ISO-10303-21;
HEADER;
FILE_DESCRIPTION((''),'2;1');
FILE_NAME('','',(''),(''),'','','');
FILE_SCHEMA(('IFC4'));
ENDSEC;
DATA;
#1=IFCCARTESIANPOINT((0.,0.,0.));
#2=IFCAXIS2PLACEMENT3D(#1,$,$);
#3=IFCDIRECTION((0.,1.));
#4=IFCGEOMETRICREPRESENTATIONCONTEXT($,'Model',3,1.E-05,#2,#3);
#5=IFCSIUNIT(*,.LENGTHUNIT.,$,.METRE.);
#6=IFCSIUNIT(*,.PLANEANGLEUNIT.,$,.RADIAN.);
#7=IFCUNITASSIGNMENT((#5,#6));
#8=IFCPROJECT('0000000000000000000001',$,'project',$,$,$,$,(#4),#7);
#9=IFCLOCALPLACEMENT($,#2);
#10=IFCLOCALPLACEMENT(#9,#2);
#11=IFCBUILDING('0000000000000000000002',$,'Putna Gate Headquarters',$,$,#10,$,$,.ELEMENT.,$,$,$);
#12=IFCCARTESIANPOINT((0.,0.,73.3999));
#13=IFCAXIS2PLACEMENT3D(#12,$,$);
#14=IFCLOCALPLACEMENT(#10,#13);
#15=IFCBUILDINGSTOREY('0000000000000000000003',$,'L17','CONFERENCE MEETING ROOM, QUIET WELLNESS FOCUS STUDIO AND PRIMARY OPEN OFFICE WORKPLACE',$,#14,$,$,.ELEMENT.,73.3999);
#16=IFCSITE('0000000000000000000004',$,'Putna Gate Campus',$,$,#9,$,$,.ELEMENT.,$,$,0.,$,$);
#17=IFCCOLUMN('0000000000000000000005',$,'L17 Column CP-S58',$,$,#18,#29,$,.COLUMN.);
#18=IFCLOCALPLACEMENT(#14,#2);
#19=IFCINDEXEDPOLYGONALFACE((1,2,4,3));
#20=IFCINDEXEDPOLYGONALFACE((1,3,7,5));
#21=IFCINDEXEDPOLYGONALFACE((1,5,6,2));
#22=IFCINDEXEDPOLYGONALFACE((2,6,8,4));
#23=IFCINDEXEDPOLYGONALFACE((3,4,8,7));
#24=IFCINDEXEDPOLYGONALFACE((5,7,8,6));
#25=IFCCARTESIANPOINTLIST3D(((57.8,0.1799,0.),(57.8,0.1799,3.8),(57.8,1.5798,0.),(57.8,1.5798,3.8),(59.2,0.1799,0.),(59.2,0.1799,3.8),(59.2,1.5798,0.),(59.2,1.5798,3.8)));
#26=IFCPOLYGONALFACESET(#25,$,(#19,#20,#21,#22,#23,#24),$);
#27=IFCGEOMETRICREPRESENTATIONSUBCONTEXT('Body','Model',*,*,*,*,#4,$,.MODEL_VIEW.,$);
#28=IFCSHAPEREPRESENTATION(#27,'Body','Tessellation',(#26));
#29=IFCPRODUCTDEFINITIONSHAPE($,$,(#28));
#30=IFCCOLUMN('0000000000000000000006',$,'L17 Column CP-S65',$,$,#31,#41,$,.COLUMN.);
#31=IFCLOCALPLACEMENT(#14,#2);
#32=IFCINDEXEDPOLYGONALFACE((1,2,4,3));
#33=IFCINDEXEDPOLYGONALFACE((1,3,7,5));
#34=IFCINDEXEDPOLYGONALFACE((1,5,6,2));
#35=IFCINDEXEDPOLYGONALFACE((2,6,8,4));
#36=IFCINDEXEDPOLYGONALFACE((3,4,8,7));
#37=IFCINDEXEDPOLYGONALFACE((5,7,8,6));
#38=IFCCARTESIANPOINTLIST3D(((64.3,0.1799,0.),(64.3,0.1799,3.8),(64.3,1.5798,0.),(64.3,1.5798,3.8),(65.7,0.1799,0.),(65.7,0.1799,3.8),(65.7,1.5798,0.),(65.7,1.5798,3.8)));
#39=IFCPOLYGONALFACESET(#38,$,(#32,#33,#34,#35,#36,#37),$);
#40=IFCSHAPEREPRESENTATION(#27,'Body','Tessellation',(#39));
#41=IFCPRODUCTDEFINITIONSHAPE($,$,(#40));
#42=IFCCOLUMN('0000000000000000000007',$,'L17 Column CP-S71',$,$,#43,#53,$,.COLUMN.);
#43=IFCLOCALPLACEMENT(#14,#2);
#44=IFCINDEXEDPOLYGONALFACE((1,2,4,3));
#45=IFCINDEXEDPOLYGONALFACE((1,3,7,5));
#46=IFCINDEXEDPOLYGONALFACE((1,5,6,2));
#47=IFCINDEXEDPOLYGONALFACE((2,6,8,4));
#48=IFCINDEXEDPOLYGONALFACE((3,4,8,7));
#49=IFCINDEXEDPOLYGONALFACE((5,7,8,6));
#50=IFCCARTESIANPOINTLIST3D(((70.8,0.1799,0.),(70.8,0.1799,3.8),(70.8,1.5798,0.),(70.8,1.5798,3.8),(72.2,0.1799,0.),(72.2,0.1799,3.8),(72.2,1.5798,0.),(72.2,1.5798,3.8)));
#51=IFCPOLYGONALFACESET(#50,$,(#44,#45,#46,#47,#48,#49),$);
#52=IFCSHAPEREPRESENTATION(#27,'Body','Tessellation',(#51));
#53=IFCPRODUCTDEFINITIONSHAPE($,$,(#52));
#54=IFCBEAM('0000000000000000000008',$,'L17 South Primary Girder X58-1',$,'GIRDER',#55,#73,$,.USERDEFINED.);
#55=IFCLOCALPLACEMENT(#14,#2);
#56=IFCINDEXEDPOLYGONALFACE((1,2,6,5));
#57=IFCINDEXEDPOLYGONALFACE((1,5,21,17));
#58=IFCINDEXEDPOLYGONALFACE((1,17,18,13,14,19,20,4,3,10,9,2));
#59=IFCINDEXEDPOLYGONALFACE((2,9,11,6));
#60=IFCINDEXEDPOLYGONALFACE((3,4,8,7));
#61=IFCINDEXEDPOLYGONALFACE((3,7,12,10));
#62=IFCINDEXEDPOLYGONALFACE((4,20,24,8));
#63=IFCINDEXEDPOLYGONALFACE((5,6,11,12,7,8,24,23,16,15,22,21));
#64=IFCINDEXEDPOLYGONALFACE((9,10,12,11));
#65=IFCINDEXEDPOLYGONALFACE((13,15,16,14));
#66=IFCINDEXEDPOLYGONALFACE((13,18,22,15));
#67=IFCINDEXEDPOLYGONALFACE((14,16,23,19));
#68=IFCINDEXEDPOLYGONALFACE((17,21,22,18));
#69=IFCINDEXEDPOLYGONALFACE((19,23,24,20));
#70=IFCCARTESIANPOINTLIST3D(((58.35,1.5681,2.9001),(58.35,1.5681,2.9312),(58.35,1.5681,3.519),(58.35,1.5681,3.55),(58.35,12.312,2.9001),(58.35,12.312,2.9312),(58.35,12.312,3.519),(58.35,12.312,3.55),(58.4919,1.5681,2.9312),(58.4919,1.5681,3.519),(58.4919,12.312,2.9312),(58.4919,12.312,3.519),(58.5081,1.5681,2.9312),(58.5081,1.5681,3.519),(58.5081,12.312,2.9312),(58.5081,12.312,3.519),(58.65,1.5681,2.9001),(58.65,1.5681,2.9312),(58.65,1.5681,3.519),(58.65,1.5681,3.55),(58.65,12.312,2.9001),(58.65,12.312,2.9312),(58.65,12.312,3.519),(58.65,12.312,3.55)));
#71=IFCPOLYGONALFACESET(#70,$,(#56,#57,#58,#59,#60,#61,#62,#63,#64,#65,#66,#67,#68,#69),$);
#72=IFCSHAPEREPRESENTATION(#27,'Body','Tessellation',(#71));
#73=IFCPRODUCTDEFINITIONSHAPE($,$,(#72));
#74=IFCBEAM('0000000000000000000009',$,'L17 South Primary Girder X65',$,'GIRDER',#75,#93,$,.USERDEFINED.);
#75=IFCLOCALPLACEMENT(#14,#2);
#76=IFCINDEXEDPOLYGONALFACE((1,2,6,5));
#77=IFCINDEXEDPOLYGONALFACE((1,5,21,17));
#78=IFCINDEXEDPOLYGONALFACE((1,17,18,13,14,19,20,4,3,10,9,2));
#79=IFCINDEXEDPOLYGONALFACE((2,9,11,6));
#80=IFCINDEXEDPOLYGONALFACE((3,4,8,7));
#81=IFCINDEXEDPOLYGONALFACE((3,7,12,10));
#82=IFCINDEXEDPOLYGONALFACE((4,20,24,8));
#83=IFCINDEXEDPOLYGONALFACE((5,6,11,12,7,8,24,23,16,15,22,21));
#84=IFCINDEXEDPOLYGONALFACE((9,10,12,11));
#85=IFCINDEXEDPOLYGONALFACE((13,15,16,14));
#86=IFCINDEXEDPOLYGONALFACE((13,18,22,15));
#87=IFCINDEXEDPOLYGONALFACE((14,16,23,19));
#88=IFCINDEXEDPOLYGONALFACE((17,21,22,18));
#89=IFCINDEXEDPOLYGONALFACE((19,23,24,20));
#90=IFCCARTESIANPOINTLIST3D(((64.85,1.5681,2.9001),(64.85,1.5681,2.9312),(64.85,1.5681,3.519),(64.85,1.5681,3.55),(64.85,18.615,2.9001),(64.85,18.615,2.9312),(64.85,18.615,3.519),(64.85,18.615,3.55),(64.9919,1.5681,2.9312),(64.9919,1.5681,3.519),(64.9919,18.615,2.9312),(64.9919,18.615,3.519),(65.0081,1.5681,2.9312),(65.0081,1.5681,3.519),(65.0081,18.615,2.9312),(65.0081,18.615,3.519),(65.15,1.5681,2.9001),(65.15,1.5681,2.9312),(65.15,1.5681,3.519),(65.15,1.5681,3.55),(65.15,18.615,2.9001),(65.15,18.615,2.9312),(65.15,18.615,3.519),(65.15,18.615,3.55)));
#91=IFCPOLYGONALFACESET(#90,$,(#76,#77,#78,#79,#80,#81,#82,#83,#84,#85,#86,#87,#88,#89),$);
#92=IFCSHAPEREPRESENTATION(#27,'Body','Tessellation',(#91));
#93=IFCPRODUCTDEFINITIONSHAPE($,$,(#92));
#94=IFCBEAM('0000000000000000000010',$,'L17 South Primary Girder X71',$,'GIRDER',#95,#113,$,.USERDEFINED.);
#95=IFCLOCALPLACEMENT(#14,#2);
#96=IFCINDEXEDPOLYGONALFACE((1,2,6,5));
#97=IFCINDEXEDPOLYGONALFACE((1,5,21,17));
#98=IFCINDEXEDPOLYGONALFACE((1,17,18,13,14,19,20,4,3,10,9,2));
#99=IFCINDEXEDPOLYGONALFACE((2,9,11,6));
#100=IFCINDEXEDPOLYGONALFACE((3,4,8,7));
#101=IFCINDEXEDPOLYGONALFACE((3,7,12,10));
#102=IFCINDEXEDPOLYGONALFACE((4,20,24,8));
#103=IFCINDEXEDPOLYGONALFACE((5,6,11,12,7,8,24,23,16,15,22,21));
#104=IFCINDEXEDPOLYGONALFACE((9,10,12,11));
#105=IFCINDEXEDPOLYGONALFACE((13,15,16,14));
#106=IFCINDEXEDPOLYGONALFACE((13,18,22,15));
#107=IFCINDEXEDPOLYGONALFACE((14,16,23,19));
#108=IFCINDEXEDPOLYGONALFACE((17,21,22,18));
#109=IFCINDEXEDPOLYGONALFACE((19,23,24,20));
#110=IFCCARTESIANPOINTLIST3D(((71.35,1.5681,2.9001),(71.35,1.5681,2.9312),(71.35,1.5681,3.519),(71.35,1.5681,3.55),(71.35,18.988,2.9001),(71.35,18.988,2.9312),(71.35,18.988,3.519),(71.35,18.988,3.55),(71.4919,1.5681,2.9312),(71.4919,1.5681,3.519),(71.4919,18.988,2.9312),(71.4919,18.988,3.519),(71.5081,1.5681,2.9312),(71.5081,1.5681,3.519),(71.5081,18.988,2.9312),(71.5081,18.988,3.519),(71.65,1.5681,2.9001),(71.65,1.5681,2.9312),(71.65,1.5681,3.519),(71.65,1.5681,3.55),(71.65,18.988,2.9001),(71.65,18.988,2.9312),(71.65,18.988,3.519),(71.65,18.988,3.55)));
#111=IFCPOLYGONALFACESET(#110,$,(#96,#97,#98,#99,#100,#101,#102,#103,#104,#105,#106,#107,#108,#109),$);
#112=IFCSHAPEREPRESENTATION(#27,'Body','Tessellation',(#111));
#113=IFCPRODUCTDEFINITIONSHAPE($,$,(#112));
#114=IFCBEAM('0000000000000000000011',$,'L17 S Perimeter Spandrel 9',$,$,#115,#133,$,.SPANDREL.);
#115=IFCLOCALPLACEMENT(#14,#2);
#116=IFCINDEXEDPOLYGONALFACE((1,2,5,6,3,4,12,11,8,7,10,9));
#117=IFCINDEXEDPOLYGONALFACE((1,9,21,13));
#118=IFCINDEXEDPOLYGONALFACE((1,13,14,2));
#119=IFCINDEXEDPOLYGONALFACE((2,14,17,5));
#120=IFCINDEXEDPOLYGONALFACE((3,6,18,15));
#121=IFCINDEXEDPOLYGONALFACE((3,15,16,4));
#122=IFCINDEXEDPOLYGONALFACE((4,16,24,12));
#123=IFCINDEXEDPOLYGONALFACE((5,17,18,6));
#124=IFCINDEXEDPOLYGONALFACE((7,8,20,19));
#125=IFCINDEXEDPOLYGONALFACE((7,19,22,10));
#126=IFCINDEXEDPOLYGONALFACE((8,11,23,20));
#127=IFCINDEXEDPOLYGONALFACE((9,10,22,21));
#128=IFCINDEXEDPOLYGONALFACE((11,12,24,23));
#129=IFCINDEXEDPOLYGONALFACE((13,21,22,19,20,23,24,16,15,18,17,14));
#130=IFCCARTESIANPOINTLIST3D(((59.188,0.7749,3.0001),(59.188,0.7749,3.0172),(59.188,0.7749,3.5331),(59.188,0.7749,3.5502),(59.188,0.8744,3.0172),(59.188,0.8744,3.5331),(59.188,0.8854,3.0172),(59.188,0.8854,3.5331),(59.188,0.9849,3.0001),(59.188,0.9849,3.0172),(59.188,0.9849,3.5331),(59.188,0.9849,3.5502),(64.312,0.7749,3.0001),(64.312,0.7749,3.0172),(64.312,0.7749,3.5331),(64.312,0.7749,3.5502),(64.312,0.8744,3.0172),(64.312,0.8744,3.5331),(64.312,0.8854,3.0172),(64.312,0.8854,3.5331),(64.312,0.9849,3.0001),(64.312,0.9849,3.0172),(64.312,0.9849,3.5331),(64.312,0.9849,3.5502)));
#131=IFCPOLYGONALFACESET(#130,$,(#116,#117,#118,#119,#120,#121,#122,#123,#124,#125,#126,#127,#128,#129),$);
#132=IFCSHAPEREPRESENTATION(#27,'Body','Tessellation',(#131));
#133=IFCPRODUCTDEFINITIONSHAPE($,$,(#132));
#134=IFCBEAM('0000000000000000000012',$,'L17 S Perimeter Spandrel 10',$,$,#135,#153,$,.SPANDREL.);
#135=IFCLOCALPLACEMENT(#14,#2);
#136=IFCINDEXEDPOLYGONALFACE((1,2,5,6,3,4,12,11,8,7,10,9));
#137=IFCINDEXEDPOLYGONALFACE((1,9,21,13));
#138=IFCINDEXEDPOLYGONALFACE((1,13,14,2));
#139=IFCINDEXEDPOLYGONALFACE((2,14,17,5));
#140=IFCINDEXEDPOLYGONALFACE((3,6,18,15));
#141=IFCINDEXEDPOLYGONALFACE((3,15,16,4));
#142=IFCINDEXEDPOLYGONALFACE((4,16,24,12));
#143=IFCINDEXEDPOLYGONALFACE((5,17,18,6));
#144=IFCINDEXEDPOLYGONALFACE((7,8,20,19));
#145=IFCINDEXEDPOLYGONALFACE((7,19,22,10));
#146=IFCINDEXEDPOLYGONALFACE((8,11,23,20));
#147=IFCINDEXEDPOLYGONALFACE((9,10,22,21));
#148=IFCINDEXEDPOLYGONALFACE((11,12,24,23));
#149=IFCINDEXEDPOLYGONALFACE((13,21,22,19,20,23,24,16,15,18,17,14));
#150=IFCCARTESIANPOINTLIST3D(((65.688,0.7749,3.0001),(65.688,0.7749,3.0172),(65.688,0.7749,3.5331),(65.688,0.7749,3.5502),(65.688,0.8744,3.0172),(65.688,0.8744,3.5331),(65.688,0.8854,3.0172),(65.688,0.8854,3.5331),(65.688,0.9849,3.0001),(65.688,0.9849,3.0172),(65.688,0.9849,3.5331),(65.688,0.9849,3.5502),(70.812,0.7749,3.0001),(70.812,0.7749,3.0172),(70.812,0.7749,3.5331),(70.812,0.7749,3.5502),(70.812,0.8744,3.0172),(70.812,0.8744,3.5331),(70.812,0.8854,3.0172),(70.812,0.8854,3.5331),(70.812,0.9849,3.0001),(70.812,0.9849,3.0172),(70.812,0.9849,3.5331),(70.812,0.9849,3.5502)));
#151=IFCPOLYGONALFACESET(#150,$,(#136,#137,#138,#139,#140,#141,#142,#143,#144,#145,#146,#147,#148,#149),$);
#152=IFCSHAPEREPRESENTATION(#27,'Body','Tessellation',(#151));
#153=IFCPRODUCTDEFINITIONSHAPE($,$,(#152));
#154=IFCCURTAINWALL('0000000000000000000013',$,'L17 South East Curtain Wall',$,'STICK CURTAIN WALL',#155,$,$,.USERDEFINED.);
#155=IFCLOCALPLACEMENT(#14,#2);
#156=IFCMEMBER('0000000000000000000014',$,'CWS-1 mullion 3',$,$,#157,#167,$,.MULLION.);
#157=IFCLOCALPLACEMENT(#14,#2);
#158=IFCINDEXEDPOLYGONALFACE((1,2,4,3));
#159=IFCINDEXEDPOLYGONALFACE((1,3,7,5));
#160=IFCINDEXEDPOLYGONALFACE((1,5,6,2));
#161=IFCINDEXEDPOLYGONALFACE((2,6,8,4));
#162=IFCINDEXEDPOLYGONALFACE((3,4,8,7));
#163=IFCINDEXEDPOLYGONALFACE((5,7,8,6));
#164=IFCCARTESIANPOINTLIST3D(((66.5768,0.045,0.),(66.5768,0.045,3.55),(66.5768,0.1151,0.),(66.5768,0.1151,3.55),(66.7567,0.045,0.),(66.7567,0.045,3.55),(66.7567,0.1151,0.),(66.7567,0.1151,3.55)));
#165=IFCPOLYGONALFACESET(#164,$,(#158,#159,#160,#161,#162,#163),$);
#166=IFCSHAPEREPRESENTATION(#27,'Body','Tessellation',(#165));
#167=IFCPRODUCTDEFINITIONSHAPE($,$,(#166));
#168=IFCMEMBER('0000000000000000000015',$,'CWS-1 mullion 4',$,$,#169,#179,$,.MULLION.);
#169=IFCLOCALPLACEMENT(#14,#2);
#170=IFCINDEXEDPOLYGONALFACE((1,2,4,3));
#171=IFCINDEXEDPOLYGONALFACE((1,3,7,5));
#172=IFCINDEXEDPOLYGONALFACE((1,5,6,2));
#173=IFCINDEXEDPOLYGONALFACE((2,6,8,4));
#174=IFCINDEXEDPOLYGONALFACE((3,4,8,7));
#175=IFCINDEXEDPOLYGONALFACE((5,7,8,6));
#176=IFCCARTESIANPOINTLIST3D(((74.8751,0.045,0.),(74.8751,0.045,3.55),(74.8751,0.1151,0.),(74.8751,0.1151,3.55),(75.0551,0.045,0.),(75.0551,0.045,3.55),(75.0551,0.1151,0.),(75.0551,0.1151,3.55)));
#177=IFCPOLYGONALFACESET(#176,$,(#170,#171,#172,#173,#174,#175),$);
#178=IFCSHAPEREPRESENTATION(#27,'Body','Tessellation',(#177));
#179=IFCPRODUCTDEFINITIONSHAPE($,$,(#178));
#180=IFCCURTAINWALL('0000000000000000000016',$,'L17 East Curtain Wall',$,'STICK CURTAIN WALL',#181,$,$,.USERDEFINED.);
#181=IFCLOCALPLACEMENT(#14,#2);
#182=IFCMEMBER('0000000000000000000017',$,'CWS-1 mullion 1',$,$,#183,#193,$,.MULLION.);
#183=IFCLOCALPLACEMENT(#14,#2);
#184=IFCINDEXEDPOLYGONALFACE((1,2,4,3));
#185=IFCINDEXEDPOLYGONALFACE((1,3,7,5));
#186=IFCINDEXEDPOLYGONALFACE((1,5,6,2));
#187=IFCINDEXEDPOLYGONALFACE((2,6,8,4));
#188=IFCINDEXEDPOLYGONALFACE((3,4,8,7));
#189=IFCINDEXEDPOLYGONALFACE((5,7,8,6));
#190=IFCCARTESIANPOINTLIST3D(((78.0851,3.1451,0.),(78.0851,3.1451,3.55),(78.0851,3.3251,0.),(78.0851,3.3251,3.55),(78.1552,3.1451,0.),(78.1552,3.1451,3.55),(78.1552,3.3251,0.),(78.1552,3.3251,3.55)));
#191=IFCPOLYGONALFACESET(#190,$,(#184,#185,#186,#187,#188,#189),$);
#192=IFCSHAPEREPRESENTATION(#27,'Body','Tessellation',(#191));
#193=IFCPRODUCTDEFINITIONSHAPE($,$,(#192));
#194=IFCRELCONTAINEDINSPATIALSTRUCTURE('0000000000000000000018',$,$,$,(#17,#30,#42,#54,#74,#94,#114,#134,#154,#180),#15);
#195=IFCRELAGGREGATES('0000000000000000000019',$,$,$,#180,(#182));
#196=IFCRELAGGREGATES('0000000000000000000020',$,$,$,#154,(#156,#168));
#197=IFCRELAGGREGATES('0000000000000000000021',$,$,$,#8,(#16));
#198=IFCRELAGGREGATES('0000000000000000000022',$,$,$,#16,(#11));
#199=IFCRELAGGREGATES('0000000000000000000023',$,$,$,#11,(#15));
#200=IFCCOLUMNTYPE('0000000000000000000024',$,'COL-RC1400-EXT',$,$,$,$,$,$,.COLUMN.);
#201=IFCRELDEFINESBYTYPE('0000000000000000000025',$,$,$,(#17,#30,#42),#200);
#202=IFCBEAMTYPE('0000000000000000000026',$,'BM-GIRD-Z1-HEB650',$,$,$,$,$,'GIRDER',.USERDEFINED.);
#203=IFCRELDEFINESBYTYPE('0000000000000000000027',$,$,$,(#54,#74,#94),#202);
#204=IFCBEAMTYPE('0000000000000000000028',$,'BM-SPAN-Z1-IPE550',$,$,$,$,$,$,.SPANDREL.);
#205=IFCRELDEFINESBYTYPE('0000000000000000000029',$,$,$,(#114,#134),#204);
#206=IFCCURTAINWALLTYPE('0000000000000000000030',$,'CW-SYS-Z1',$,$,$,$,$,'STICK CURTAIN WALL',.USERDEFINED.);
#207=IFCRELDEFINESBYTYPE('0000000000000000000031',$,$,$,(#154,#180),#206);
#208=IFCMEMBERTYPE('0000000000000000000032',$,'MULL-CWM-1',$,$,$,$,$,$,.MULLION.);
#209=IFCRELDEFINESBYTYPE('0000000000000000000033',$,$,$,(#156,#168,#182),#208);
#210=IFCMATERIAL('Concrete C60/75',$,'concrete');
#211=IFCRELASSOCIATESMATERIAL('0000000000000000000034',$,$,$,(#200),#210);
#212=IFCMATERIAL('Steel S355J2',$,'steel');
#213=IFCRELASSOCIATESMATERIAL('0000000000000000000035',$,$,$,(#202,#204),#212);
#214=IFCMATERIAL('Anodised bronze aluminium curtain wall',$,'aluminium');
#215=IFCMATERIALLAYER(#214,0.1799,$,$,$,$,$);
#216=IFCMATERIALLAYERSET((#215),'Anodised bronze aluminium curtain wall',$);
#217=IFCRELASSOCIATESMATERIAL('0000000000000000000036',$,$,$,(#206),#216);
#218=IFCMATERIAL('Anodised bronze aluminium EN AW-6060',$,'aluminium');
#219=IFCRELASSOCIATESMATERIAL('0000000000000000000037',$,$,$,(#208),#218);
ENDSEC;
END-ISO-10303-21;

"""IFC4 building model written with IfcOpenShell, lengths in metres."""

from ifc_helpers import new_model, si_unit, direction, frame, origin, origin_2d, place, context, subcontext, project, spatial, rectangle, i_section, extrude, material, layer, layer_set, material_profile, profile_set, type_object, element, aggregate, save


model = new_model("IFC4")

# Units and contexts
model_context = context("Model", 3, precision=1e-05, world=origin(), true_north=direction((0.0, 1.0)))
body_context = subcontext(model_context, "Body", "Model", "MODEL_VIEW")
ifc_project = project(units=[si_unit("LENGTHUNIT", "METRE"), si_unit("PLANEANGLEUNIT", "RADIAN")], contexts=[model_context])

# Site, building, storey
site_placement = place(None, origin())
site = spatial("IfcSite", under=ifc_project, at=site_placement, Name="Putna Gate Campus", CompositionType="ELEMENT", RefElevation=0.0)
building_placement = place(site_placement, origin())
building = spatial("IfcBuilding", under=site, at=building_placement, Name="Putna Gate Headquarters", CompositionType="ELEMENT")
storey_placement = place(building_placement, frame((0.0, 0.0, 73.3999)))
storey = spatial("IfcBuildingStorey", under=building, at=storey_placement, Name="L17", Description="CONFERENCE MEETING ROOM, QUIET WELLNESS FOCUS STUDIO AND PRIMARY OPEN OFFICE WORKPLACE", CompositionType="ELEMENT", Elevation=73.3999)

# Columns
ifc_material_1 = material(Name="Concrete C60/75", Category="concrete")
ifc_material_profile_1 = material_profile(ifc_material_1, rectangle(XDim=1.3999, YDim=1.3999, at=origin_2d()), Name="Concrete C60/75")
ifc_profile_set_1 = profile_set([ifc_material_profile_1], Name="Concrete C60/75")
column_type = type_object("IfcColumnType", Name="COL-RC1400-EXT", PredefinedType="COLUMN", material=ifc_profile_set_1)
for number, where, z_axis, x_axis, name in (
    (1, (58.5, 0.8799, 0.0), (0.0, 0.0, 1.0), (1.0, 0.0, 0.0), "L17 Column CP-S58"),
    (2, (65.0, 0.8799, 0.0), (0.0, 0.0, 1.0), (1.0, 0.0, 0.0), "L17 Column CP-S65"),
    (3, (71.5, 0.8799, 0.0), (0.0, 0.0, 1.0), (1.0, 0.0, 0.0), "L17 Column CP-S71"),
):
    element("IfcColumn", number, at=place(storey_placement, frame(where, z_axis=z_axis, x_axis=x_axis)), inside=storey, type_object=column_type, Name=name, PredefinedType="COLUMN", context=body_context, shape_type="SweptSolid", body=[
        extrude(rectangle(XDim=1.3999, YDim=1.3999, at=origin_2d()), origin(), (0.0, 0.0, 1.0), 3.8),
    ])

# Beams
ifc_material_2 = material(Name="Steel S355J2", Category="steel")
ifc_material_profile_2 = material_profile(ifc_material_2, i_section(OverallWidth=0.3, OverallDepth=0.6499, WebThickness=0.0161, FlangeThickness=0.031, at=origin_2d()), Name="Steel S355J2")
ifc_profile_set_2 = profile_set([ifc_material_profile_2], Name="Steel S355J2")
beam_type_1 = type_object("IfcBeamType", Name="BM-GIRD-Z1-HEB650", ElementType="GIRDER", PredefinedType="USERDEFINED", material=ifc_profile_set_2)
beam_1_placement = place(storey_placement, frame((58.5, 1.5681, 3.2251), z_axis=(0.0, 1.0, 0.0), x_axis=(-1.0, 0.0, 0.0)))
element("IfcBeam", 4, at=beam_1_placement, inside=storey, type_object=beam_type_1, Name="L17 South Primary Girder X58-1", ObjectType="GIRDER", PredefinedType="USERDEFINED", context=body_context, shape_type="SweptSolid", body=[
    extrude(i_section(OverallWidth=0.3, OverallDepth=0.6499, WebThickness=0.0161, FlangeThickness=0.031, at=origin_2d()), origin(), (0.0, 0.0, 1.0), 10.7439),
])
beam_2_placement = place(storey_placement, frame((65.0, 1.5681, 3.2251), z_axis=(0.0, 1.0, 0.0), x_axis=(-1.0, 0.0, 0.0)))
element("IfcBeam", 5, at=beam_2_placement, inside=storey, type_object=beam_type_1, Name="L17 South Primary Girder X65", ObjectType="GIRDER", PredefinedType="USERDEFINED", context=body_context, shape_type="SweptSolid", body=[
    extrude(i_section(OverallWidth=0.3, OverallDepth=0.6499, WebThickness=0.0161, FlangeThickness=0.031, at=origin_2d()), origin(), (0.0, 0.0, 1.0), 17.0469),
])
beam_3_placement = place(storey_placement, frame((71.5, 1.5681, 3.2251), z_axis=(0.0, 1.0, 0.0), x_axis=(-1.0, 0.0, 0.0)))
element("IfcBeam", 6, at=beam_3_placement, inside=storey, type_object=beam_type_1, Name="L17 South Primary Girder X71", ObjectType="GIRDER", PredefinedType="USERDEFINED", context=body_context, shape_type="SweptSolid", body=[
    extrude(i_section(OverallWidth=0.3, OverallDepth=0.6499, WebThickness=0.0161, FlangeThickness=0.031, at=origin_2d()), origin(), (0.0, 0.0, 1.0), 17.4199),
])
ifc_material_profile_3 = material_profile(ifc_material_2, i_section(OverallWidth=0.21, OverallDepth=0.55, WebThickness=0.011, FlangeThickness=0.0171, at=origin_2d()), Name="Steel S355J2")
ifc_profile_set_3 = profile_set([ifc_material_profile_3], Name="Steel S355J2")
beam_type_2 = type_object("IfcBeamType", Name="BM-SPAN-Z1-IPE550", PredefinedType="SPANDREL", material=ifc_profile_set_3)
for number, where, z_axis, x_axis, name in (
    (7, (59.188, 0.8799, 3.2751), (1.0, 0.0, 0.0), (0.0, 1.0, 0.0), "L17 S Perimeter Spandrel 9"),
    (8, (65.688, 0.8799, 3.2751), (1.0, 0.0, 0.0), (0.0, 1.0, 0.0), "L17 S Perimeter Spandrel 10"),
):
    element("IfcBeam", number, at=place(storey_placement, frame(where, z_axis=z_axis, x_axis=x_axis)), inside=storey, type_object=beam_type_2, Name=name, PredefinedType="SPANDREL", context=body_context, shape_type="SweptSolid", body=[
        extrude(i_section(OverallWidth=0.21, OverallDepth=0.55, WebThickness=0.011, FlangeThickness=0.0171, at=origin_2d()), origin(), (0.0, 0.0, 1.0), 5.124),
    ])

# Curtain wall, members
ifc_material_3 = material(Name="Anodised bronze aluminium curtain wall", Category="aluminium")
ifc_layer_1 = layer(ifc_material_3, 0.1799)
ifc_layer_set_1 = layer_set([ifc_layer_1], Name="Anodised bronze aluminium curtain wall")
curtain_wall_type = type_object("IfcCurtainWallType", Name="CW-SYS-Z1", ElementType="STICK CURTAIN WALL", PredefinedType="USERDEFINED", material=ifc_layer_set_1)
curtain_wall_1_placement = place(storey_placement, origin())
curtain_wall_1 = element("IfcCurtainWall", 9, at=curtain_wall_1_placement, inside=storey, type_object=curtain_wall_type, Name="L17 South East Curtain Wall", ObjectType="STICK CURTAIN WALL", PredefinedType="USERDEFINED")
ifc_material_4 = material(Name="Anodised bronze aluminium EN AW-6060", Category="aluminium")
ifc_material_profile_4 = material_profile(ifc_material_4, rectangle(XDim=0.0701, YDim=0.1799, at=origin_2d()), Name="Anodised bronze aluminium EN AW-6060")
ifc_profile_set_4 = profile_set([ifc_material_profile_4], Name="Anodised bronze aluminium EN AW-6060")
member_type_1 = type_object("IfcMemberType", Name="MULL-CWM-1", PredefinedType="MULLION", material=ifc_profile_set_4)
member_1_placement = place(storey_placement, frame((66.6667, 0.0801, 0.0), z_axis=(0.0, 0.0, 1.0), x_axis=(0.0, 1.0, 0.0)))
member_1 = element("IfcMember", 10, at=member_1_placement, type_object=member_type_1, Name="CWS-1 mullion 3", PredefinedType="MULLION", context=body_context, shape_type="SweptSolid", body=[
    extrude(rectangle(XDim=0.0701, YDim=0.1799, at=origin_2d()), origin(), (0.0, 0.0, 1.0), 3.55),
])
member_2_placement = place(storey_placement, frame((74.9651, 0.0801, 0.0), z_axis=(0.0, 0.0, 1.0), x_axis=(0.0, 1.0, 0.0)))
member_2 = element("IfcMember", 11, at=member_2_placement, type_object=member_type_1, Name="CWS-1 mullion 4", PredefinedType="MULLION", context=body_context, shape_type="SweptSolid", body=[
    extrude(rectangle(XDim=0.0701, YDim=0.1799, at=origin_2d()), origin(), (0.0, 0.0, 1.0), 3.55),
])

# Curtain wall, member
curtain_wall_2_placement = place(storey_placement, origin())
curtain_wall_2 = element("IfcCurtainWall", 12, at=curtain_wall_2_placement, inside=storey, type_object=curtain_wall_type, Name="L17 East Curtain Wall", ObjectType="STICK CURTAIN WALL", PredefinedType="USERDEFINED")
member_3_placement = place(storey_placement, frame((78.1201, 3.2351, 0.0), z_axis=(0.0, 0.0, 1.0), x_axis=(-1.0, 0.0, 0.0)))
member_3 = element("IfcMember", 13, at=member_3_placement, type_object=member_type_1, Name="CWS-1 mullion 1", PredefinedType="MULLION", context=body_context, shape_type="SweptSolid", body=[
    extrude(rectangle(XDim=0.0701, YDim=0.1799, at=origin_2d()), origin(), (0.0, 0.0, 1.0), 3.55),
])

aggregate(curtain_wall_2, [member_3])

aggregate(curtain_wall_1, [member_1, member_2])

save(model, "model.ifc")
